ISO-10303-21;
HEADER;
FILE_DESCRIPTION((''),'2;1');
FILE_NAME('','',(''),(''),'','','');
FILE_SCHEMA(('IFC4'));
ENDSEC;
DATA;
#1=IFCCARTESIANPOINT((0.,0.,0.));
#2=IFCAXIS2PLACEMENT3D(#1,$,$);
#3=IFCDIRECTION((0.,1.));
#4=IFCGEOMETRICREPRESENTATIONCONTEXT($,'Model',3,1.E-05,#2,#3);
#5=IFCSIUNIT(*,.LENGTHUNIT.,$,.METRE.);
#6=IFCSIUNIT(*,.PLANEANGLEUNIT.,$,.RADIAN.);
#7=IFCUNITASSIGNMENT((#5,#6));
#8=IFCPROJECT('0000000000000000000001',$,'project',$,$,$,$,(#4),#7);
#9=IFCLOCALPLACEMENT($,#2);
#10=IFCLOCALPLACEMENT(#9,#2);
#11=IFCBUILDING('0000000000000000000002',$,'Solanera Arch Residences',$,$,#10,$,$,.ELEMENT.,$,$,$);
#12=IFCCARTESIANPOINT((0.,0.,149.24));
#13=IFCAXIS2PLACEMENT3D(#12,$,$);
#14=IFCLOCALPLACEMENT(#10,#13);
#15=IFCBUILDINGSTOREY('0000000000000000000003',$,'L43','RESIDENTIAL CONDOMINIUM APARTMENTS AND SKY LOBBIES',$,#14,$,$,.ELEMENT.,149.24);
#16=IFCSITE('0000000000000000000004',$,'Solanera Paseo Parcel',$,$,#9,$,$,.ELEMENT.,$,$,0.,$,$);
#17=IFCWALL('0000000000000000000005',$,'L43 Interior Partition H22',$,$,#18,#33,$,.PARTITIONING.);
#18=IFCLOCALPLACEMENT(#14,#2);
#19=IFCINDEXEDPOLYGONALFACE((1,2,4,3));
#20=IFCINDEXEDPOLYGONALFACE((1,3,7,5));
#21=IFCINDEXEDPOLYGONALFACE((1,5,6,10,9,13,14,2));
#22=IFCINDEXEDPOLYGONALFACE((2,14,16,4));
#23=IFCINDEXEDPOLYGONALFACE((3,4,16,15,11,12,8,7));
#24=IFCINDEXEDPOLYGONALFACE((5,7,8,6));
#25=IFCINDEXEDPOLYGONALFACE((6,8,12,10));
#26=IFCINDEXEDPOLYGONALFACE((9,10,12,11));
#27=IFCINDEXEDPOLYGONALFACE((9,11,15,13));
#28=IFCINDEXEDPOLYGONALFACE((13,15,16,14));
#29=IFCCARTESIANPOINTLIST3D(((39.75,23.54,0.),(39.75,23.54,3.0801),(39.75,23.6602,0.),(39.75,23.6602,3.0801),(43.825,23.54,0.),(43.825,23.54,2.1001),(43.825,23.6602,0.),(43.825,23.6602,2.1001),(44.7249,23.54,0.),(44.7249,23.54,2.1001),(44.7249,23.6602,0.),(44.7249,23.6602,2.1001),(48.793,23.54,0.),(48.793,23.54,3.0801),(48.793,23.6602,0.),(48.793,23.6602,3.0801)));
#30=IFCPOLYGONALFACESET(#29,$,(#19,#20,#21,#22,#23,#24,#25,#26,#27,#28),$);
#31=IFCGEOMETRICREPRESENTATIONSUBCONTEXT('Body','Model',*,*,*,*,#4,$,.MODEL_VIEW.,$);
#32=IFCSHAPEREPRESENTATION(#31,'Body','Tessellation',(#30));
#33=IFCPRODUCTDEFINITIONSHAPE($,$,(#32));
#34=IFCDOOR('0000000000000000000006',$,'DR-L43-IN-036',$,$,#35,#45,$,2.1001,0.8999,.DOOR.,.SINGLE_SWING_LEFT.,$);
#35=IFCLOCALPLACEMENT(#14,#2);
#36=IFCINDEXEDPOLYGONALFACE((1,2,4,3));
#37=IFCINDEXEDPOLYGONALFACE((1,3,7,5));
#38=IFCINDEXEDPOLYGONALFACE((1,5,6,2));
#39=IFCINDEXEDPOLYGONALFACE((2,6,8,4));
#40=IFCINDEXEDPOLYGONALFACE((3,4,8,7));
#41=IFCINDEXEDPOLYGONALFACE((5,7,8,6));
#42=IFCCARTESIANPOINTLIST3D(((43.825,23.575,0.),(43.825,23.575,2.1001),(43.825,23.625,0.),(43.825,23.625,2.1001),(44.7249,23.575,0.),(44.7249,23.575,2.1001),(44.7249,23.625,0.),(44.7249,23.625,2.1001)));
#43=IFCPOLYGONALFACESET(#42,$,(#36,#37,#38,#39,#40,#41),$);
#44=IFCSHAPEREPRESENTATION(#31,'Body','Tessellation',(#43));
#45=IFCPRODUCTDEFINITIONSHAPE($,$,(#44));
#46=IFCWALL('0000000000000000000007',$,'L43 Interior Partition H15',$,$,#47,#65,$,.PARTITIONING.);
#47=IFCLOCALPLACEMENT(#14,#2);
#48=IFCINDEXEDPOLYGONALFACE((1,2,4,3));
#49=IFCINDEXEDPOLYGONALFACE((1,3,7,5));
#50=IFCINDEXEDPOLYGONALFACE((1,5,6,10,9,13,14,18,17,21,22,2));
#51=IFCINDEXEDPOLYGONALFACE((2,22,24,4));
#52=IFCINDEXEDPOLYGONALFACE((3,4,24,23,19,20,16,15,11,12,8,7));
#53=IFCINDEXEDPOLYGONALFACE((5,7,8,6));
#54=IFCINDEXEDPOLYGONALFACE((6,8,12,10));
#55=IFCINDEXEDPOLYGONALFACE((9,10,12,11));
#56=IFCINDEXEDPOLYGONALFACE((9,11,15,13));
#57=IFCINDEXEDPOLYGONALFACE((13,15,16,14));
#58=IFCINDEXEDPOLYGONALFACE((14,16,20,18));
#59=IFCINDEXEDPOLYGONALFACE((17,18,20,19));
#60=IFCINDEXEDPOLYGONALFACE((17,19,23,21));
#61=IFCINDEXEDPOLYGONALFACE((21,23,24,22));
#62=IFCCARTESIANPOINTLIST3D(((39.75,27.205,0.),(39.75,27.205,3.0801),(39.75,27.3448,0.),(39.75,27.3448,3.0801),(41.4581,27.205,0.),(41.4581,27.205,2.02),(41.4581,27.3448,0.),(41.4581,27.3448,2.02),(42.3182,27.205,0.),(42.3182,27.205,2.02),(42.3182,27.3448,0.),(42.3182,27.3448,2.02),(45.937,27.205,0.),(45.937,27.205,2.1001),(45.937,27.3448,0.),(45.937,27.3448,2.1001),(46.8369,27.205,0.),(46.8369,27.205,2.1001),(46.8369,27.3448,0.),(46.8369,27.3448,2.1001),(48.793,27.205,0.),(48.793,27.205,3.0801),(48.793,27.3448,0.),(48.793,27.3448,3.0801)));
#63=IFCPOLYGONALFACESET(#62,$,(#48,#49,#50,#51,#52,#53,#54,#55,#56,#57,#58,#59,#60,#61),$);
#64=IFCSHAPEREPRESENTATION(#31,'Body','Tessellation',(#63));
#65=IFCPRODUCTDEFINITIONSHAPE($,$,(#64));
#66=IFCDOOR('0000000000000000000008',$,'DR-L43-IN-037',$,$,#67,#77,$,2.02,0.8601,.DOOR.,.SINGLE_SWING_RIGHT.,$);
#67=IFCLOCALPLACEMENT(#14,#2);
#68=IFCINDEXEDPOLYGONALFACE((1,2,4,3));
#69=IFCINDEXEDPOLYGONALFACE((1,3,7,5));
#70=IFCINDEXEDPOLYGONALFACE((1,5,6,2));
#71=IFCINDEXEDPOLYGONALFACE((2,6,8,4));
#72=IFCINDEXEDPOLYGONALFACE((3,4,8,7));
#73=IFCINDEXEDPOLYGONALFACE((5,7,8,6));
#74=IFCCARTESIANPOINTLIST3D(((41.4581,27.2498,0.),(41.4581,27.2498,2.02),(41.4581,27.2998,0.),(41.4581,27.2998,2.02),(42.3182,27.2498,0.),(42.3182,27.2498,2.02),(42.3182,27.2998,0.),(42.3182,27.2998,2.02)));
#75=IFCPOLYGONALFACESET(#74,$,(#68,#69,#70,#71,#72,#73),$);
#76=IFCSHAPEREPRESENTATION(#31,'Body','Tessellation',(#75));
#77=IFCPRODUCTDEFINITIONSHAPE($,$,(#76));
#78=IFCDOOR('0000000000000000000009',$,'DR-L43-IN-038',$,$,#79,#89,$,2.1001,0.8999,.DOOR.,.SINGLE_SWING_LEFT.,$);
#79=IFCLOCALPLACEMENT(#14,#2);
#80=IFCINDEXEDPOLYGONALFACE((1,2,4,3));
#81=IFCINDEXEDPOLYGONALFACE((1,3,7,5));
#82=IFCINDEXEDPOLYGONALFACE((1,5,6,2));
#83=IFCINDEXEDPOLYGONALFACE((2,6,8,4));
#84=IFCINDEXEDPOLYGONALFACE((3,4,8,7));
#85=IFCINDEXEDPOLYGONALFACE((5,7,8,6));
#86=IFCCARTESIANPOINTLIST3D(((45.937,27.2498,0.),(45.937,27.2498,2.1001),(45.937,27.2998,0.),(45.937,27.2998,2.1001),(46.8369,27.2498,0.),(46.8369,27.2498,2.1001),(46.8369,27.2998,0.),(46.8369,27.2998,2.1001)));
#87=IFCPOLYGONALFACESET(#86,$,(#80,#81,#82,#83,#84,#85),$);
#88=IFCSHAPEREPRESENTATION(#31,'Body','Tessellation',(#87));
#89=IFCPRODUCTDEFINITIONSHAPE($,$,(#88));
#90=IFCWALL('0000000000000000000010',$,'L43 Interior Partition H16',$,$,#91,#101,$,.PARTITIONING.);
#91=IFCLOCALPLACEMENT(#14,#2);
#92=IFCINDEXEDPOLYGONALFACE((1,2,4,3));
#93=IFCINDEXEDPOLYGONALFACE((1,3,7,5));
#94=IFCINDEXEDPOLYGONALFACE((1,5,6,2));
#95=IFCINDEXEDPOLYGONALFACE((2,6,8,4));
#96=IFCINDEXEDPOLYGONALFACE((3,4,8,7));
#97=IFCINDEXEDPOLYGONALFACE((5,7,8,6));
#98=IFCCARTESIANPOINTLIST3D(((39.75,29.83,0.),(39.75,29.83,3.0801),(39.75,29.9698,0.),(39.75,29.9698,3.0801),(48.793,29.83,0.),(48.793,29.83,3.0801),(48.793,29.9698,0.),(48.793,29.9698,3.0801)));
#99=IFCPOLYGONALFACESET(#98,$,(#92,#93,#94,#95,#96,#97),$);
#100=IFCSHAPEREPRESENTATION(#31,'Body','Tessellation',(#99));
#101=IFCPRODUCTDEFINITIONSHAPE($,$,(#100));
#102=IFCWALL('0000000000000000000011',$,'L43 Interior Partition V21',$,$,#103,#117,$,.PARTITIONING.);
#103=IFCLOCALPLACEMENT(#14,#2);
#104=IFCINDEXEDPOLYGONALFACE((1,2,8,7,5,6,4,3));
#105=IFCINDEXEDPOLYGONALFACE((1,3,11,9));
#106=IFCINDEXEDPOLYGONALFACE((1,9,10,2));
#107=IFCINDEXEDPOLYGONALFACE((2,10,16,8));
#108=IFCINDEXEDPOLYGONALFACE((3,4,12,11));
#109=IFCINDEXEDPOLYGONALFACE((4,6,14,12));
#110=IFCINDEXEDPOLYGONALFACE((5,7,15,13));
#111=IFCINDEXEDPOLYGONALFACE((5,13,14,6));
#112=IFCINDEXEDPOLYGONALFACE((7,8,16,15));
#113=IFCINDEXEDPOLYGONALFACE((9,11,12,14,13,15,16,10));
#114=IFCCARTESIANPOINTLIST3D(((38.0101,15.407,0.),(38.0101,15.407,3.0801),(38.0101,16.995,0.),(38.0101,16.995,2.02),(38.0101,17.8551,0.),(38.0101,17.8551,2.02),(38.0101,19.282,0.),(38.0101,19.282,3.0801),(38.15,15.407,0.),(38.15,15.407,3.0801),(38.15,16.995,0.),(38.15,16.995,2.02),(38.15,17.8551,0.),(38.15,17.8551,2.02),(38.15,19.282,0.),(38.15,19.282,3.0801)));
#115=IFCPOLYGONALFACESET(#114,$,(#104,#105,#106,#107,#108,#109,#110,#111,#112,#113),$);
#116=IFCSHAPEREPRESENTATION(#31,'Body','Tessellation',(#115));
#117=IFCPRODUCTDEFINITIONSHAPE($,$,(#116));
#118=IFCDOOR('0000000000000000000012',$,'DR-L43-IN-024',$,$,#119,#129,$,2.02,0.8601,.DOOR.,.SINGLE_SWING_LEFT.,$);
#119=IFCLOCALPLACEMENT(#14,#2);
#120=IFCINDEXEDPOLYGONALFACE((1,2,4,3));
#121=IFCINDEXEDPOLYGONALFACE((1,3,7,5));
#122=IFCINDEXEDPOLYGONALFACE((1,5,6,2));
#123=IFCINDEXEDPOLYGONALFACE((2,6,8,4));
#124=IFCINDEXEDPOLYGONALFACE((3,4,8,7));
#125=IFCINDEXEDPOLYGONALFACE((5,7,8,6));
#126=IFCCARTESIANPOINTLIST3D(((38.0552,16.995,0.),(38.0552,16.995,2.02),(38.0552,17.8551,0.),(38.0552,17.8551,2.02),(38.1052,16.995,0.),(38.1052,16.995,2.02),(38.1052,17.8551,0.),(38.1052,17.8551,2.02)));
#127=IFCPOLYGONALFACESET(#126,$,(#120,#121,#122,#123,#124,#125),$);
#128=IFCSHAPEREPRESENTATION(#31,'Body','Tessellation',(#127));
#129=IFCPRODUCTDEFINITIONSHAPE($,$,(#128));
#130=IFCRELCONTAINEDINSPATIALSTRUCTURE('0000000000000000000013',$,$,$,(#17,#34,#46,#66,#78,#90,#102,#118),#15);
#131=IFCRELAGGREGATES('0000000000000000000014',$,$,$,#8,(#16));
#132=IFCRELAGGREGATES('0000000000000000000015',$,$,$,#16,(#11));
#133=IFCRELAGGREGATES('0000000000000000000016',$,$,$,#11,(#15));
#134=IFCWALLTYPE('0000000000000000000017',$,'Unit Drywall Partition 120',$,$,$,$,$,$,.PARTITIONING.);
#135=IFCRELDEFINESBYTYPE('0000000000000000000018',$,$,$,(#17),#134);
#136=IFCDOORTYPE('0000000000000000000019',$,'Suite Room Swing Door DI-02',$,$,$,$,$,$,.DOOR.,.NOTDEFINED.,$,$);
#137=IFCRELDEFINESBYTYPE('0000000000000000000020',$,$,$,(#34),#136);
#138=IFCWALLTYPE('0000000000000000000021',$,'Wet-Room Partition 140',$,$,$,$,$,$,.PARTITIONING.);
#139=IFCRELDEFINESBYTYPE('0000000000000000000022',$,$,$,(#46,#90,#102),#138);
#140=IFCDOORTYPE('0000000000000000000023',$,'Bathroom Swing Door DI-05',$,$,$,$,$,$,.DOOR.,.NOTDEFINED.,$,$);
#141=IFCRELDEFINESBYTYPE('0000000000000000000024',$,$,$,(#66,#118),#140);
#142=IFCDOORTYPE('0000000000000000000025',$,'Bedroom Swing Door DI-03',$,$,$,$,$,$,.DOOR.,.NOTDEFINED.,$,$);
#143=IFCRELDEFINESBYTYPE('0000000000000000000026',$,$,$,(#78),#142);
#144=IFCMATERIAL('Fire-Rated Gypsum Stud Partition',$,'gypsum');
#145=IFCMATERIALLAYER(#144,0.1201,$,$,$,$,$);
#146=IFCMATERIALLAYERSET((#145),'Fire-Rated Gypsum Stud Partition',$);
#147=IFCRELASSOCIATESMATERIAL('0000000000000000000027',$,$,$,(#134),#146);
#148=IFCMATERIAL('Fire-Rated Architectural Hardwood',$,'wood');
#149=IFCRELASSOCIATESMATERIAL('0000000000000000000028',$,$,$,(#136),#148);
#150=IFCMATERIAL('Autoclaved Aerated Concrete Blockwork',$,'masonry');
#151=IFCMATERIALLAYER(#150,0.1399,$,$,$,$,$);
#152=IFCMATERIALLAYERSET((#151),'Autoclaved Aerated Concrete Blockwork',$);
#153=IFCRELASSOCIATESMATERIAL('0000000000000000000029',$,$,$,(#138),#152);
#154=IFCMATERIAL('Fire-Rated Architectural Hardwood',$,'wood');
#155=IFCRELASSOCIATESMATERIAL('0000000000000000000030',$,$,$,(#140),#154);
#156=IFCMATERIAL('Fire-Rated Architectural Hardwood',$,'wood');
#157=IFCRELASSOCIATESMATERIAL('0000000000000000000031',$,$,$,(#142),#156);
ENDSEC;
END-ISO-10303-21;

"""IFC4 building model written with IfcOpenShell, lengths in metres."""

from ifc_helpers import new_model, si_unit, direction, frame, frame_2d, origin, place, context, subcontext, project, spatial, rectangle, extrude, material, layer, layer_set, type_object, element, fill, save


model = new_model("IFC4")

# Units and contexts
model_context = context("Model", 3, precision=1e-05, world=origin(), true_north=direction((0.0, 1.0)))
body_context = subcontext(model_context, "Body", "Model", "MODEL_VIEW")
ifc_project = project(units=[si_unit("LENGTHUNIT", "METRE"), si_unit("PLANEANGLEUNIT", "RADIAN")], contexts=[model_context])

# Site, building, storey
site_placement = place(None, origin())
site = spatial("IfcSite", under=ifc_project, at=site_placement, Name="Solanera Paseo Parcel", CompositionType="ELEMENT", RefElevation=0.0)
building_placement = place(site_placement, origin())
building = spatial("IfcBuilding", under=site, at=building_placement, Name="Solanera Arch Residences", CompositionType="ELEMENT")
storey_placement = place(building_placement, frame((0.0, 0.0, 149.24)))
storey = spatial("IfcBuildingStorey", under=building, at=storey_placement, Name="L43", Description="RESIDENTIAL CONDOMINIUM APARTMENTS AND SKY LOBBIES", CompositionType="ELEMENT", Elevation=149.24)

# Wall, opening, door
ifc_material_1 = material(Name="Fire-Rated Gypsum Stud Partition", Category="gypsum")
ifc_layer_1 = layer(ifc_material_1, 0.1201)
ifc_layer_set_1 = layer_set([ifc_layer_1], Name="Fire-Rated Gypsum Stud Partition")
wall_type_1 = type_object("IfcWallType", Name="Unit Drywall Partition 120", PredefinedType="PARTITIONING", material=ifc_layer_set_1)
wall_1_placement = place(storey_placement, frame((39.75, 23.6001, 0.0), z_axis=(0.0, 0.0, 1.0), x_axis=(1.0, 0.0, 0.0)))
wall_1 = element("IfcWall", 1, at=wall_1_placement, inside=storey, type_object=wall_type_1, Name="L43 Interior Partition H22", PredefinedType="PARTITIONING", context=body_context, shape_type="SweptSolid", body=[
    extrude(rectangle(XDim=9.043, YDim=0.1201, at=frame_2d((4.5215, 0.0))), origin(), (0.0, 0.0, 1.0), 3.0801),
])
opening_1_placement = place(wall_1_placement, frame((4.075, 0.0, 0.0)))
opening_1 = element("IfcOpeningElement", 2, at=opening_1_placement, cuts=wall_1, PredefinedType="OPENING", context=body_context, shape_type="SweptSolid", body=[
    extrude(rectangle(XDim=0.8999, YDim=2.1001, at=frame_2d((0.45, 1.05))), frame((0.0, 0.0701, 0.0), z_axis=(0.0, -1.0, 0.0), x_axis=(1.0, 0.0, 0.0)), (0.0, 0.0, 1.0), 0.1401),
])
ifc_material_2 = material(Name="Fire-Rated Architectural Hardwood", Category="wood")
door_type_1 = type_object("IfcDoorType", Name="Suite Room Swing Door DI-02", OperationType="NOTDEFINED", PredefinedType="DOOR", material=ifc_material_2)
door_1_placement = place(opening_1_placement, origin())
door_1 = element("IfcDoor", 3, at=door_1_placement, inside=storey, type_object=door_type_1, Name="DR-L43-IN-036", OperationType="SINGLE_SWING_LEFT", OverallHeight=2.1001, OverallWidth=0.8999, PredefinedType="DOOR", context=body_context, shape_type="SweptSolid", body=[
    extrude(rectangle(XDim=0.8999, YDim=2.1001, at=frame_2d((0.45, 1.05))), frame((0.0, 0.0249, 0.0), z_axis=(0.0, -1.0, 0.0), x_axis=(1.0, 0.0, 0.0)), (0.0, 0.0, 1.0), 0.05),
])
fill(opening_1, door_1)

# Wall, openings, doors
ifc_material_3 = material(Name="Autoclaved Aerated Concrete Blockwork", Category="masonry")
ifc_layer_2 = layer(ifc_material_3, 0.1399)
ifc_layer_set_2 = layer_set([ifc_layer_2], Name="Autoclaved Aerated Concrete Blockwork")
wall_type_2 = type_object("IfcWallType", Name="Wet-Room Partition 140", PredefinedType="PARTITIONING", material=ifc_layer_set_2)
wall_2_placement = place(storey_placement, frame((39.75, 27.2749, 0.0), z_axis=(0.0, 0.0, 1.0), x_axis=(1.0, 0.0, 0.0)))
wall_2 = element("IfcWall", 4, at=wall_2_placement, inside=storey, type_object=wall_type_2, Name="L43 Interior Partition H15", PredefinedType="PARTITIONING", context=body_context, shape_type="SweptSolid", body=[
    extrude(rectangle(XDim=9.043, YDim=0.1399, at=frame_2d((4.5215, 0.0))), origin(), (0.0, 0.0, 1.0), 3.0801),
])
opening_2_placement = place(wall_2_placement, frame((1.708, 0.0, 0.0)))
opening_2 = element("IfcOpeningElement", 5, at=opening_2_placement, cuts=wall_2, PredefinedType="OPENING", context=body_context, shape_type="SweptSolid", body=[
    extrude(rectangle(XDim=0.8601, YDim=2.02, at=frame_2d((0.4302, 1.01))), frame((0.0, 0.0798, 0.0), z_axis=(0.0, -1.0, 0.0), x_axis=(1.0, 0.0, 0.0)), (0.0, 0.0, 1.0), 0.1599),
])
opening_3_placement = place(wall_2_placement, frame((6.187, 0.0, 0.0)))
opening_3 = element("IfcOpeningElement", 6, at=opening_3_placement, cuts=wall_2, PredefinedType="OPENING", context=body_context, shape_type="SweptSolid", body=[
    extrude(rectangle(XDim=0.8999, YDim=2.1001, at=frame_2d((0.45, 1.05))), frame((0.0, 0.0798, 0.0), z_axis=(0.0, -1.0, 0.0), x_axis=(1.0, 0.0, 0.0)), (0.0, 0.0, 1.0), 0.1599),
])
ifc_material_4 = material(Name="Fire-Rated Architectural Hardwood", Category="wood")
door_type_2 = type_object("IfcDoorType", Name="Bathroom Swing Door DI-05", OperationType="NOTDEFINED", PredefinedType="DOOR", material=ifc_material_4)
door_2_placement = place(opening_2_placement, origin())
door_2 = element("IfcDoor", 7, at=door_2_placement, inside=storey, type_object=door_type_2, Name="DR-L43-IN-037", OperationType="SINGLE_SWING_RIGHT", OverallHeight=2.02, OverallWidth=0.8601, PredefinedType="DOOR", context=body_context, shape_type="SweptSolid", body=[
    extrude(rectangle(XDim=0.8601, YDim=2.02, at=frame_2d((0.4302, 1.01))), frame((0.0, 0.0249, 0.0), z_axis=(0.0, -1.0, 0.0), x_axis=(1.0, 0.0, 0.0)), (0.0, 0.0, 1.0), 0.05),
])
fill(opening_2, door_2)
ifc_material_5 = material(Name="Fire-Rated Architectural Hardwood", Category="wood")
door_type_3 = type_object("IfcDoorType", Name="Bedroom Swing Door DI-03", OperationType="NOTDEFINED", PredefinedType="DOOR", material=ifc_material_5)
door_3_placement = place(opening_3_placement, origin())
door_3 = element("IfcDoor", 8, at=door_3_placement, inside=storey, type_object=door_type_3, Name="DR-L43-IN-038", OperationType="SINGLE_SWING_LEFT", OverallHeight=2.1001, OverallWidth=0.8999, PredefinedType="DOOR", context=body_context, shape_type="SweptSolid", body=[
    extrude(rectangle(XDim=0.8999, YDim=2.1001, at=frame_2d((0.45, 1.05))), frame((0.0, 0.0249, 0.0), z_axis=(0.0, -1.0, 0.0), x_axis=(1.0, 0.0, 0.0)), (0.0, 0.0, 1.0), 0.05),
])
fill(opening_3, door_3)

# Wall
wall_3_placement = place(storey_placement, frame((39.75, 29.8999, 0.0), z_axis=(0.0, 0.0, 1.0), x_axis=(1.0, 0.0, 0.0)))
element("IfcWall", 9, at=wall_3_placement, inside=storey, type_object=wall_type_2, Name="L43 Interior Partition H16", PredefinedType="PARTITIONING", context=body_context, shape_type="SweptSolid", body=[
    extrude(rectangle(XDim=9.043, YDim=0.1399, at=frame_2d((4.5215, 0.0))), origin(), (0.0, 0.0, 1.0), 3.0801),
])

# Wall, opening, door
wall_4_placement = place(storey_placement, frame((38.0801, 15.407, 0.0), z_axis=(0.0, 0.0, 1.0), x_axis=(0.0, 1.0, 0.0)))
wall_4 = element("IfcWall", 10, at=wall_4_placement, inside=storey, type_object=wall_type_2, Name="L43 Interior Partition V21", PredefinedType="PARTITIONING", context=body_context, shape_type="SweptSolid", body=[
    extrude(rectangle(XDim=3.875, YDim=0.1399, at=frame_2d((1.9375, 0.0))), origin(), (0.0, 0.0, 1.0), 3.0801),
])
opening_4_placement = place(wall_4_placement, frame((1.5879, 0.0, 0.0)))
opening_4 = element("IfcOpeningElement", 11, at=opening_4_placement, cuts=wall_4, PredefinedType="OPENING", context=body_context, shape_type="SweptSolid", body=[
    extrude(rectangle(XDim=0.8601, YDim=2.02, at=frame_2d((0.4302, 1.01))), frame((0.0, 0.0798, 0.0), z_axis=(0.0, -1.0, 0.0), x_axis=(1.0, 0.0, 0.0)), (0.0, 0.0, 1.0), 0.1599),
])
door_4_placement = place(opening_4_placement, origin())
door_4 = element("IfcDoor", 12, at=door_4_placement, inside=storey, type_object=door_type_2, Name="DR-L43-IN-024", OperationType="SINGLE_SWING_LEFT", OverallHeight=2.02, OverallWidth=0.8601, PredefinedType="DOOR", context=body_context, shape_type="SweptSolid", body=[
    extrude(rectangle(XDim=0.8601, YDim=2.02, at=frame_2d((0.4302, 1.01))), frame((0.0, 0.0249, 0.0), z_axis=(0.0, -1.0, 0.0), x_axis=(1.0, 0.0, 0.0)), (0.0, 0.0, 1.0), 0.05),
])
fill(opening_4, door_4)

save(model, "model.ifc")
